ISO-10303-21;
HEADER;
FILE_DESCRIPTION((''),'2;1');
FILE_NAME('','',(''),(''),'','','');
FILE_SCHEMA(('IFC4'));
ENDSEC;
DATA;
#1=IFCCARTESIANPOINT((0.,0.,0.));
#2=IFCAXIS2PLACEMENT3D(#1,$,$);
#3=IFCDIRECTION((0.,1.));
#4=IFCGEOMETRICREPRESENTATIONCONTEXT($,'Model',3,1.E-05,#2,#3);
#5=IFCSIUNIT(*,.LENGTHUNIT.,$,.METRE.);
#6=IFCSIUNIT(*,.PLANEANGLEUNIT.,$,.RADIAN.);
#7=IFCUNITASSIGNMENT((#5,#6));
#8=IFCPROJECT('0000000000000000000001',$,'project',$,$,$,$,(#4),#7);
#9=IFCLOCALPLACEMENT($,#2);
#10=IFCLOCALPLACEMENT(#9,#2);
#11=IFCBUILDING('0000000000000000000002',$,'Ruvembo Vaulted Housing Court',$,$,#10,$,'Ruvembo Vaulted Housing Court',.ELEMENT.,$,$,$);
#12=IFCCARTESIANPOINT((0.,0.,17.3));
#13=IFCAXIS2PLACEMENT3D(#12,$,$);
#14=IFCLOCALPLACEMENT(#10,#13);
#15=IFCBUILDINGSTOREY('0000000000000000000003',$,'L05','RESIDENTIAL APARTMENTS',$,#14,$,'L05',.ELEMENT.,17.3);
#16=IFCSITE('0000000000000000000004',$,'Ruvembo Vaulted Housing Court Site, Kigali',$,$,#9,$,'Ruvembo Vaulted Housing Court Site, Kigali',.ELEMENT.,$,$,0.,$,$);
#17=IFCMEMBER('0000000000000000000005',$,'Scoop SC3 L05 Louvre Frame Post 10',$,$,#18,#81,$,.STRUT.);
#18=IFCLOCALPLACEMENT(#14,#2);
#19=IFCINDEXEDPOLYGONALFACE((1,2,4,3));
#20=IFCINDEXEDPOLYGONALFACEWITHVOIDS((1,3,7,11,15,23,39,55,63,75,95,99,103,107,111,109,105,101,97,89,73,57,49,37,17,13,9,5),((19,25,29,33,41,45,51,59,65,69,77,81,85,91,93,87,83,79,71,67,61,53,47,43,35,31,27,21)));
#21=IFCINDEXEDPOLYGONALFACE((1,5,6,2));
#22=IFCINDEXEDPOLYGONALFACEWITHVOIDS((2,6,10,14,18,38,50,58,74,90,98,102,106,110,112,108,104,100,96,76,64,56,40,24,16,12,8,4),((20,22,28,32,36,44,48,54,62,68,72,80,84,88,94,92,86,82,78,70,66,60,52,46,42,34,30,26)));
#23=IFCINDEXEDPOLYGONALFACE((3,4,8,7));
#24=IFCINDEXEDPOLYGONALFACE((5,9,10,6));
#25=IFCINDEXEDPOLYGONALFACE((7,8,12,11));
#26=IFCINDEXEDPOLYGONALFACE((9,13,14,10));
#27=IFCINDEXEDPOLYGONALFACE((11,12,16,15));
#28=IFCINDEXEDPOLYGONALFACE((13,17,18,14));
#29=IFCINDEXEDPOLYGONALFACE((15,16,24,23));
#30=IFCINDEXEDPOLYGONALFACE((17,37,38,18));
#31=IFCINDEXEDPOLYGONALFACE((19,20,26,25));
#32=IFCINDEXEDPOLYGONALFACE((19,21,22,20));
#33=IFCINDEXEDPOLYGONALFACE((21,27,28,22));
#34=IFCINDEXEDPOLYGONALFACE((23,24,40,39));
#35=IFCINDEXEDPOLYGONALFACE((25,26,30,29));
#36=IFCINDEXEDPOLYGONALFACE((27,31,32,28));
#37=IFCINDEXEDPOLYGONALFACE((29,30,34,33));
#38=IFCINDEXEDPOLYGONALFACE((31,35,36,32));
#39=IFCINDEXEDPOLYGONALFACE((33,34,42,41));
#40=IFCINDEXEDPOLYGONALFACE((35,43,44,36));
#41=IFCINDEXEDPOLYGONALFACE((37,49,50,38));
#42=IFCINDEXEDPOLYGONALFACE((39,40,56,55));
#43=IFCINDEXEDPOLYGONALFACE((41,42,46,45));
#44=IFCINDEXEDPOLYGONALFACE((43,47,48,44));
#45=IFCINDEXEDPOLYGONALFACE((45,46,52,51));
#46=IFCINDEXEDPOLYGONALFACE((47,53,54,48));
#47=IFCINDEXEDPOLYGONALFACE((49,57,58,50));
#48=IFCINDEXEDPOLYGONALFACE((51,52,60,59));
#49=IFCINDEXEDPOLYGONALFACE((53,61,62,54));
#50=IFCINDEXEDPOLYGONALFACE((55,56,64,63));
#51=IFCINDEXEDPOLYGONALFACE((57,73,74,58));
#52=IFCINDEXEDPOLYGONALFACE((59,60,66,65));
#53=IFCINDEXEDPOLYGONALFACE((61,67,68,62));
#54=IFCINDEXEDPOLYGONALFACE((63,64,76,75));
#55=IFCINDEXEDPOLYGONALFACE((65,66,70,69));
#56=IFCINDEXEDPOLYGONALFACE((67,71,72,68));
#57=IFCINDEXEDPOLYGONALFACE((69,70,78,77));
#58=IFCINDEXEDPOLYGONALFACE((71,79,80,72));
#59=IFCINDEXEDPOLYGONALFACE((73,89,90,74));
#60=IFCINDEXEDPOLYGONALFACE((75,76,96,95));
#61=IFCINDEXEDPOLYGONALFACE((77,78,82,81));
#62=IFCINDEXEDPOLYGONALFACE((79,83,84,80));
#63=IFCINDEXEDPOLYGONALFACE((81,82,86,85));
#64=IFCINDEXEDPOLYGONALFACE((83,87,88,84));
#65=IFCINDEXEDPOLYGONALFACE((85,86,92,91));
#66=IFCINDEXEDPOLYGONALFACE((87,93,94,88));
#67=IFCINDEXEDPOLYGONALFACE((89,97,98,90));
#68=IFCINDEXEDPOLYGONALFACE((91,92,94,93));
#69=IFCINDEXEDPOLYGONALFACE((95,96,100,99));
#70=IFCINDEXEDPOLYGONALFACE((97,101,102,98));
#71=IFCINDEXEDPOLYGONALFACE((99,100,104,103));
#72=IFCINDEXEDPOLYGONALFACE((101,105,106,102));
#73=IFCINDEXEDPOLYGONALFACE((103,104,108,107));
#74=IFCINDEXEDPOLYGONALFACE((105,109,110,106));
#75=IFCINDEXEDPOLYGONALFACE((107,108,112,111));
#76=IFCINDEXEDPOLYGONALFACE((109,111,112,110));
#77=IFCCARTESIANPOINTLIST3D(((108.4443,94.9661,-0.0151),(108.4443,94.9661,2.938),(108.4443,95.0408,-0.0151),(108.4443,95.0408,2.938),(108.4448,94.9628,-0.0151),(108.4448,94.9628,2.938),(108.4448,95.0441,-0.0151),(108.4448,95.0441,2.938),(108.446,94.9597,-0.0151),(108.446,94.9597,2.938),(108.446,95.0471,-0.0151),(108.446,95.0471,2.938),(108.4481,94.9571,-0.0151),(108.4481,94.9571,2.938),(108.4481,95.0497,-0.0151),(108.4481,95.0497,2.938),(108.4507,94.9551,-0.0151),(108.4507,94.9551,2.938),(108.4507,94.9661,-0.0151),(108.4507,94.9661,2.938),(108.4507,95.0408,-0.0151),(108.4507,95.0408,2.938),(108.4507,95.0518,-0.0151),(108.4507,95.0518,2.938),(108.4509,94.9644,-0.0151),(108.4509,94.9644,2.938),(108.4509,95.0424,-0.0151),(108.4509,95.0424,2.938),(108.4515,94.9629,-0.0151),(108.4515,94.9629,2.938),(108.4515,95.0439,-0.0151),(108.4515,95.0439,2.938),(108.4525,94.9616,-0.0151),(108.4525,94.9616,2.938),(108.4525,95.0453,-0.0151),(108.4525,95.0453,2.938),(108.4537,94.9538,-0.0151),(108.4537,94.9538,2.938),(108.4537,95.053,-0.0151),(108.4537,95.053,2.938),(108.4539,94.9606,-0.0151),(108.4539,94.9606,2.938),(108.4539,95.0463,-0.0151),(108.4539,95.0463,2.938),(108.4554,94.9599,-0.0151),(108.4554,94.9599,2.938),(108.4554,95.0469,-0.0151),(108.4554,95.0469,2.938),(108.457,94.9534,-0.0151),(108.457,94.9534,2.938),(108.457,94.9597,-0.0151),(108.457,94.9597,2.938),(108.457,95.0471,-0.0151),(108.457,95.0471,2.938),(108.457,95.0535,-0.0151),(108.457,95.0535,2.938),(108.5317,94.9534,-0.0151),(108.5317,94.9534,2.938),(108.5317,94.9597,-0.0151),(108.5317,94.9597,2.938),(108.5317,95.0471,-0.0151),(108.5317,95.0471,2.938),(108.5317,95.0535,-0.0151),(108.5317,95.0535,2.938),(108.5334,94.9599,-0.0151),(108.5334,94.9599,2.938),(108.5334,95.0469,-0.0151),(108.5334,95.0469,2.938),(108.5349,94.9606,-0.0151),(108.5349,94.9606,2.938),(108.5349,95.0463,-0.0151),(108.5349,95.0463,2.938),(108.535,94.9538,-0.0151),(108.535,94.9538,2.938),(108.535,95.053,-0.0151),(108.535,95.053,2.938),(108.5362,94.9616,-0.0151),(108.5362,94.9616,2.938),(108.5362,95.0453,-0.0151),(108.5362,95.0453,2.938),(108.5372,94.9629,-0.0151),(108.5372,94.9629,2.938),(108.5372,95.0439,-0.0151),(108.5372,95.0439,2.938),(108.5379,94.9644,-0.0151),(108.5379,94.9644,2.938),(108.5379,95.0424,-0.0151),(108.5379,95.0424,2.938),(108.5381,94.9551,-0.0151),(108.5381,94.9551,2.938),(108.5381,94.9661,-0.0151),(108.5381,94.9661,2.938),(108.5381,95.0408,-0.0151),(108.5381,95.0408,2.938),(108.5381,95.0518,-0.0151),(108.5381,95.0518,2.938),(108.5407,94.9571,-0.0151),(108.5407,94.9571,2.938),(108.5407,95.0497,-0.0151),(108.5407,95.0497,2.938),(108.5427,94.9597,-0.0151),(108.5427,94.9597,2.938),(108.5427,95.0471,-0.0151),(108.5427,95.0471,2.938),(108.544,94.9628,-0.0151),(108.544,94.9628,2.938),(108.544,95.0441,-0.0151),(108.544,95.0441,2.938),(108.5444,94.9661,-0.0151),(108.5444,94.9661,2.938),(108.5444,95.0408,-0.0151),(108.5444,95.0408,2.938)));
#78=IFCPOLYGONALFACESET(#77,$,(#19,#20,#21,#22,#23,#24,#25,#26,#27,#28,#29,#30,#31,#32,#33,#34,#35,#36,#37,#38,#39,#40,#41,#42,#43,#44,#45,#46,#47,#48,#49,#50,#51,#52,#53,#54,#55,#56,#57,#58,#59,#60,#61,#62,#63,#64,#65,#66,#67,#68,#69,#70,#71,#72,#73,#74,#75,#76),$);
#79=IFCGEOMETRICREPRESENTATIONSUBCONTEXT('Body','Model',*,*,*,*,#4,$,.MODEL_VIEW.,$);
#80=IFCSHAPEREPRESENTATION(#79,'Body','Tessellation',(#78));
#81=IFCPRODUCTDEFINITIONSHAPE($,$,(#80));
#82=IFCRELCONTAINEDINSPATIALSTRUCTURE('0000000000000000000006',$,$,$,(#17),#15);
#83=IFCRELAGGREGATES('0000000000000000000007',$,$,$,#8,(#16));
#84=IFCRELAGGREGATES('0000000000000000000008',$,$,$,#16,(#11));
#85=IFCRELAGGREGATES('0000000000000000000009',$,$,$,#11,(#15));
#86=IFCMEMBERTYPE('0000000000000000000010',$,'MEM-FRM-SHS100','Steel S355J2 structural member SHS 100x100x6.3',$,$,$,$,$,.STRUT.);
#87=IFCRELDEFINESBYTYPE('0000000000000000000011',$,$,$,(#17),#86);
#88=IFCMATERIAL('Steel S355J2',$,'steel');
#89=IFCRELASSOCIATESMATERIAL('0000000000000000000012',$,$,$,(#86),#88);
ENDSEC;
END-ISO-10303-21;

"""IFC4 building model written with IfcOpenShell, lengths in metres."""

from ifc_helpers import new_model, si_unit, direction, frame, origin, origin_2d, place, context, subcontext, project, spatial, hollow_rectangle, extrude, material, material_profile, profile_set, type_object, element, save


model = new_model("IFC4")

# Units and contexts
model_context = context("Model", 3, precision=1e-05, world=origin(), true_north=direction((0.0, 1.0)))
body_context = subcontext(model_context, "Body", "Model", "MODEL_VIEW")
ifc_project = project(units=[si_unit("LENGTHUNIT", "METRE"), si_unit("PLANEANGLEUNIT", "RADIAN")], contexts=[model_context])

# Site, building, storey
site_placement = place(None, origin())
site = spatial("IfcSite", under=ifc_project, at=site_placement, Name="Ruvembo Vaulted Housing Court Site, Kigali", LongName="Ruvembo Vaulted Housing Court Site, Kigali", CompositionType="ELEMENT", RefElevation=0.0)
building_placement = place(site_placement, origin())
building = spatial("IfcBuilding", under=site, at=building_placement, Name="Ruvembo Vaulted Housing Court", LongName="Ruvembo Vaulted Housing Court", CompositionType="ELEMENT")
storey_placement = place(building_placement, frame((0.0, 0.0, 17.3)))
storey = spatial("IfcBuildingStorey", under=building, at=storey_placement, Name="L05", Description="RESIDENTIAL APARTMENTS", LongName="L05", CompositionType="ELEMENT", Elevation=17.3)

# Shared definitions
ifc_material_1 = material(Name="Steel S355J2", Category="steel")

# Member
ifc_material_profile_1 = material_profile(ifc_material_1, hollow_rectangle(XDim=0.1001, YDim=0.1001, WallThickness=0.0063, InnerFilletRadius=0.0063, OuterFilletRadius=0.0127, at=origin_2d()), Name="SHS 100x100x6.3")
ifc_profile_set_1 = profile_set([ifc_material_profile_1], Name="Steel S355J2")
member_type_1 = type_object("IfcMemberType", Name="MEM-FRM-SHS100", Description="Steel S355J2 structural member SHS 100x100x6.3", PredefinedType="STRUT", material=ifc_profile_set_1)
for number, where, z_axis, x_axis, name in (
    (1, (108.4944, 95.0034, -0.0151), (0.0, 0.0, 1.0), (1.0, 0.0, 0.0), "Scoop SC3 L05 Louvre Frame Post 10"),
):
    element("IfcMember", number, at=place(storey_placement, frame(where, z_axis=z_axis, x_axis=x_axis)), inside=storey, type_object=member_type_1, Name=name, PredefinedType="STRUT", context=body_context, shape_type="SweptSolid", body=[
        extrude(hollow_rectangle(XDim=0.1001, YDim=0.1001, WallThickness=0.0063, InnerFilletRadius=0.0063, OuterFilletRadius=0.0127, at=origin_2d()), origin(), (0.0, 0.0, 1.0), 2.9531),
    ])

save(model, "model.ifc")
